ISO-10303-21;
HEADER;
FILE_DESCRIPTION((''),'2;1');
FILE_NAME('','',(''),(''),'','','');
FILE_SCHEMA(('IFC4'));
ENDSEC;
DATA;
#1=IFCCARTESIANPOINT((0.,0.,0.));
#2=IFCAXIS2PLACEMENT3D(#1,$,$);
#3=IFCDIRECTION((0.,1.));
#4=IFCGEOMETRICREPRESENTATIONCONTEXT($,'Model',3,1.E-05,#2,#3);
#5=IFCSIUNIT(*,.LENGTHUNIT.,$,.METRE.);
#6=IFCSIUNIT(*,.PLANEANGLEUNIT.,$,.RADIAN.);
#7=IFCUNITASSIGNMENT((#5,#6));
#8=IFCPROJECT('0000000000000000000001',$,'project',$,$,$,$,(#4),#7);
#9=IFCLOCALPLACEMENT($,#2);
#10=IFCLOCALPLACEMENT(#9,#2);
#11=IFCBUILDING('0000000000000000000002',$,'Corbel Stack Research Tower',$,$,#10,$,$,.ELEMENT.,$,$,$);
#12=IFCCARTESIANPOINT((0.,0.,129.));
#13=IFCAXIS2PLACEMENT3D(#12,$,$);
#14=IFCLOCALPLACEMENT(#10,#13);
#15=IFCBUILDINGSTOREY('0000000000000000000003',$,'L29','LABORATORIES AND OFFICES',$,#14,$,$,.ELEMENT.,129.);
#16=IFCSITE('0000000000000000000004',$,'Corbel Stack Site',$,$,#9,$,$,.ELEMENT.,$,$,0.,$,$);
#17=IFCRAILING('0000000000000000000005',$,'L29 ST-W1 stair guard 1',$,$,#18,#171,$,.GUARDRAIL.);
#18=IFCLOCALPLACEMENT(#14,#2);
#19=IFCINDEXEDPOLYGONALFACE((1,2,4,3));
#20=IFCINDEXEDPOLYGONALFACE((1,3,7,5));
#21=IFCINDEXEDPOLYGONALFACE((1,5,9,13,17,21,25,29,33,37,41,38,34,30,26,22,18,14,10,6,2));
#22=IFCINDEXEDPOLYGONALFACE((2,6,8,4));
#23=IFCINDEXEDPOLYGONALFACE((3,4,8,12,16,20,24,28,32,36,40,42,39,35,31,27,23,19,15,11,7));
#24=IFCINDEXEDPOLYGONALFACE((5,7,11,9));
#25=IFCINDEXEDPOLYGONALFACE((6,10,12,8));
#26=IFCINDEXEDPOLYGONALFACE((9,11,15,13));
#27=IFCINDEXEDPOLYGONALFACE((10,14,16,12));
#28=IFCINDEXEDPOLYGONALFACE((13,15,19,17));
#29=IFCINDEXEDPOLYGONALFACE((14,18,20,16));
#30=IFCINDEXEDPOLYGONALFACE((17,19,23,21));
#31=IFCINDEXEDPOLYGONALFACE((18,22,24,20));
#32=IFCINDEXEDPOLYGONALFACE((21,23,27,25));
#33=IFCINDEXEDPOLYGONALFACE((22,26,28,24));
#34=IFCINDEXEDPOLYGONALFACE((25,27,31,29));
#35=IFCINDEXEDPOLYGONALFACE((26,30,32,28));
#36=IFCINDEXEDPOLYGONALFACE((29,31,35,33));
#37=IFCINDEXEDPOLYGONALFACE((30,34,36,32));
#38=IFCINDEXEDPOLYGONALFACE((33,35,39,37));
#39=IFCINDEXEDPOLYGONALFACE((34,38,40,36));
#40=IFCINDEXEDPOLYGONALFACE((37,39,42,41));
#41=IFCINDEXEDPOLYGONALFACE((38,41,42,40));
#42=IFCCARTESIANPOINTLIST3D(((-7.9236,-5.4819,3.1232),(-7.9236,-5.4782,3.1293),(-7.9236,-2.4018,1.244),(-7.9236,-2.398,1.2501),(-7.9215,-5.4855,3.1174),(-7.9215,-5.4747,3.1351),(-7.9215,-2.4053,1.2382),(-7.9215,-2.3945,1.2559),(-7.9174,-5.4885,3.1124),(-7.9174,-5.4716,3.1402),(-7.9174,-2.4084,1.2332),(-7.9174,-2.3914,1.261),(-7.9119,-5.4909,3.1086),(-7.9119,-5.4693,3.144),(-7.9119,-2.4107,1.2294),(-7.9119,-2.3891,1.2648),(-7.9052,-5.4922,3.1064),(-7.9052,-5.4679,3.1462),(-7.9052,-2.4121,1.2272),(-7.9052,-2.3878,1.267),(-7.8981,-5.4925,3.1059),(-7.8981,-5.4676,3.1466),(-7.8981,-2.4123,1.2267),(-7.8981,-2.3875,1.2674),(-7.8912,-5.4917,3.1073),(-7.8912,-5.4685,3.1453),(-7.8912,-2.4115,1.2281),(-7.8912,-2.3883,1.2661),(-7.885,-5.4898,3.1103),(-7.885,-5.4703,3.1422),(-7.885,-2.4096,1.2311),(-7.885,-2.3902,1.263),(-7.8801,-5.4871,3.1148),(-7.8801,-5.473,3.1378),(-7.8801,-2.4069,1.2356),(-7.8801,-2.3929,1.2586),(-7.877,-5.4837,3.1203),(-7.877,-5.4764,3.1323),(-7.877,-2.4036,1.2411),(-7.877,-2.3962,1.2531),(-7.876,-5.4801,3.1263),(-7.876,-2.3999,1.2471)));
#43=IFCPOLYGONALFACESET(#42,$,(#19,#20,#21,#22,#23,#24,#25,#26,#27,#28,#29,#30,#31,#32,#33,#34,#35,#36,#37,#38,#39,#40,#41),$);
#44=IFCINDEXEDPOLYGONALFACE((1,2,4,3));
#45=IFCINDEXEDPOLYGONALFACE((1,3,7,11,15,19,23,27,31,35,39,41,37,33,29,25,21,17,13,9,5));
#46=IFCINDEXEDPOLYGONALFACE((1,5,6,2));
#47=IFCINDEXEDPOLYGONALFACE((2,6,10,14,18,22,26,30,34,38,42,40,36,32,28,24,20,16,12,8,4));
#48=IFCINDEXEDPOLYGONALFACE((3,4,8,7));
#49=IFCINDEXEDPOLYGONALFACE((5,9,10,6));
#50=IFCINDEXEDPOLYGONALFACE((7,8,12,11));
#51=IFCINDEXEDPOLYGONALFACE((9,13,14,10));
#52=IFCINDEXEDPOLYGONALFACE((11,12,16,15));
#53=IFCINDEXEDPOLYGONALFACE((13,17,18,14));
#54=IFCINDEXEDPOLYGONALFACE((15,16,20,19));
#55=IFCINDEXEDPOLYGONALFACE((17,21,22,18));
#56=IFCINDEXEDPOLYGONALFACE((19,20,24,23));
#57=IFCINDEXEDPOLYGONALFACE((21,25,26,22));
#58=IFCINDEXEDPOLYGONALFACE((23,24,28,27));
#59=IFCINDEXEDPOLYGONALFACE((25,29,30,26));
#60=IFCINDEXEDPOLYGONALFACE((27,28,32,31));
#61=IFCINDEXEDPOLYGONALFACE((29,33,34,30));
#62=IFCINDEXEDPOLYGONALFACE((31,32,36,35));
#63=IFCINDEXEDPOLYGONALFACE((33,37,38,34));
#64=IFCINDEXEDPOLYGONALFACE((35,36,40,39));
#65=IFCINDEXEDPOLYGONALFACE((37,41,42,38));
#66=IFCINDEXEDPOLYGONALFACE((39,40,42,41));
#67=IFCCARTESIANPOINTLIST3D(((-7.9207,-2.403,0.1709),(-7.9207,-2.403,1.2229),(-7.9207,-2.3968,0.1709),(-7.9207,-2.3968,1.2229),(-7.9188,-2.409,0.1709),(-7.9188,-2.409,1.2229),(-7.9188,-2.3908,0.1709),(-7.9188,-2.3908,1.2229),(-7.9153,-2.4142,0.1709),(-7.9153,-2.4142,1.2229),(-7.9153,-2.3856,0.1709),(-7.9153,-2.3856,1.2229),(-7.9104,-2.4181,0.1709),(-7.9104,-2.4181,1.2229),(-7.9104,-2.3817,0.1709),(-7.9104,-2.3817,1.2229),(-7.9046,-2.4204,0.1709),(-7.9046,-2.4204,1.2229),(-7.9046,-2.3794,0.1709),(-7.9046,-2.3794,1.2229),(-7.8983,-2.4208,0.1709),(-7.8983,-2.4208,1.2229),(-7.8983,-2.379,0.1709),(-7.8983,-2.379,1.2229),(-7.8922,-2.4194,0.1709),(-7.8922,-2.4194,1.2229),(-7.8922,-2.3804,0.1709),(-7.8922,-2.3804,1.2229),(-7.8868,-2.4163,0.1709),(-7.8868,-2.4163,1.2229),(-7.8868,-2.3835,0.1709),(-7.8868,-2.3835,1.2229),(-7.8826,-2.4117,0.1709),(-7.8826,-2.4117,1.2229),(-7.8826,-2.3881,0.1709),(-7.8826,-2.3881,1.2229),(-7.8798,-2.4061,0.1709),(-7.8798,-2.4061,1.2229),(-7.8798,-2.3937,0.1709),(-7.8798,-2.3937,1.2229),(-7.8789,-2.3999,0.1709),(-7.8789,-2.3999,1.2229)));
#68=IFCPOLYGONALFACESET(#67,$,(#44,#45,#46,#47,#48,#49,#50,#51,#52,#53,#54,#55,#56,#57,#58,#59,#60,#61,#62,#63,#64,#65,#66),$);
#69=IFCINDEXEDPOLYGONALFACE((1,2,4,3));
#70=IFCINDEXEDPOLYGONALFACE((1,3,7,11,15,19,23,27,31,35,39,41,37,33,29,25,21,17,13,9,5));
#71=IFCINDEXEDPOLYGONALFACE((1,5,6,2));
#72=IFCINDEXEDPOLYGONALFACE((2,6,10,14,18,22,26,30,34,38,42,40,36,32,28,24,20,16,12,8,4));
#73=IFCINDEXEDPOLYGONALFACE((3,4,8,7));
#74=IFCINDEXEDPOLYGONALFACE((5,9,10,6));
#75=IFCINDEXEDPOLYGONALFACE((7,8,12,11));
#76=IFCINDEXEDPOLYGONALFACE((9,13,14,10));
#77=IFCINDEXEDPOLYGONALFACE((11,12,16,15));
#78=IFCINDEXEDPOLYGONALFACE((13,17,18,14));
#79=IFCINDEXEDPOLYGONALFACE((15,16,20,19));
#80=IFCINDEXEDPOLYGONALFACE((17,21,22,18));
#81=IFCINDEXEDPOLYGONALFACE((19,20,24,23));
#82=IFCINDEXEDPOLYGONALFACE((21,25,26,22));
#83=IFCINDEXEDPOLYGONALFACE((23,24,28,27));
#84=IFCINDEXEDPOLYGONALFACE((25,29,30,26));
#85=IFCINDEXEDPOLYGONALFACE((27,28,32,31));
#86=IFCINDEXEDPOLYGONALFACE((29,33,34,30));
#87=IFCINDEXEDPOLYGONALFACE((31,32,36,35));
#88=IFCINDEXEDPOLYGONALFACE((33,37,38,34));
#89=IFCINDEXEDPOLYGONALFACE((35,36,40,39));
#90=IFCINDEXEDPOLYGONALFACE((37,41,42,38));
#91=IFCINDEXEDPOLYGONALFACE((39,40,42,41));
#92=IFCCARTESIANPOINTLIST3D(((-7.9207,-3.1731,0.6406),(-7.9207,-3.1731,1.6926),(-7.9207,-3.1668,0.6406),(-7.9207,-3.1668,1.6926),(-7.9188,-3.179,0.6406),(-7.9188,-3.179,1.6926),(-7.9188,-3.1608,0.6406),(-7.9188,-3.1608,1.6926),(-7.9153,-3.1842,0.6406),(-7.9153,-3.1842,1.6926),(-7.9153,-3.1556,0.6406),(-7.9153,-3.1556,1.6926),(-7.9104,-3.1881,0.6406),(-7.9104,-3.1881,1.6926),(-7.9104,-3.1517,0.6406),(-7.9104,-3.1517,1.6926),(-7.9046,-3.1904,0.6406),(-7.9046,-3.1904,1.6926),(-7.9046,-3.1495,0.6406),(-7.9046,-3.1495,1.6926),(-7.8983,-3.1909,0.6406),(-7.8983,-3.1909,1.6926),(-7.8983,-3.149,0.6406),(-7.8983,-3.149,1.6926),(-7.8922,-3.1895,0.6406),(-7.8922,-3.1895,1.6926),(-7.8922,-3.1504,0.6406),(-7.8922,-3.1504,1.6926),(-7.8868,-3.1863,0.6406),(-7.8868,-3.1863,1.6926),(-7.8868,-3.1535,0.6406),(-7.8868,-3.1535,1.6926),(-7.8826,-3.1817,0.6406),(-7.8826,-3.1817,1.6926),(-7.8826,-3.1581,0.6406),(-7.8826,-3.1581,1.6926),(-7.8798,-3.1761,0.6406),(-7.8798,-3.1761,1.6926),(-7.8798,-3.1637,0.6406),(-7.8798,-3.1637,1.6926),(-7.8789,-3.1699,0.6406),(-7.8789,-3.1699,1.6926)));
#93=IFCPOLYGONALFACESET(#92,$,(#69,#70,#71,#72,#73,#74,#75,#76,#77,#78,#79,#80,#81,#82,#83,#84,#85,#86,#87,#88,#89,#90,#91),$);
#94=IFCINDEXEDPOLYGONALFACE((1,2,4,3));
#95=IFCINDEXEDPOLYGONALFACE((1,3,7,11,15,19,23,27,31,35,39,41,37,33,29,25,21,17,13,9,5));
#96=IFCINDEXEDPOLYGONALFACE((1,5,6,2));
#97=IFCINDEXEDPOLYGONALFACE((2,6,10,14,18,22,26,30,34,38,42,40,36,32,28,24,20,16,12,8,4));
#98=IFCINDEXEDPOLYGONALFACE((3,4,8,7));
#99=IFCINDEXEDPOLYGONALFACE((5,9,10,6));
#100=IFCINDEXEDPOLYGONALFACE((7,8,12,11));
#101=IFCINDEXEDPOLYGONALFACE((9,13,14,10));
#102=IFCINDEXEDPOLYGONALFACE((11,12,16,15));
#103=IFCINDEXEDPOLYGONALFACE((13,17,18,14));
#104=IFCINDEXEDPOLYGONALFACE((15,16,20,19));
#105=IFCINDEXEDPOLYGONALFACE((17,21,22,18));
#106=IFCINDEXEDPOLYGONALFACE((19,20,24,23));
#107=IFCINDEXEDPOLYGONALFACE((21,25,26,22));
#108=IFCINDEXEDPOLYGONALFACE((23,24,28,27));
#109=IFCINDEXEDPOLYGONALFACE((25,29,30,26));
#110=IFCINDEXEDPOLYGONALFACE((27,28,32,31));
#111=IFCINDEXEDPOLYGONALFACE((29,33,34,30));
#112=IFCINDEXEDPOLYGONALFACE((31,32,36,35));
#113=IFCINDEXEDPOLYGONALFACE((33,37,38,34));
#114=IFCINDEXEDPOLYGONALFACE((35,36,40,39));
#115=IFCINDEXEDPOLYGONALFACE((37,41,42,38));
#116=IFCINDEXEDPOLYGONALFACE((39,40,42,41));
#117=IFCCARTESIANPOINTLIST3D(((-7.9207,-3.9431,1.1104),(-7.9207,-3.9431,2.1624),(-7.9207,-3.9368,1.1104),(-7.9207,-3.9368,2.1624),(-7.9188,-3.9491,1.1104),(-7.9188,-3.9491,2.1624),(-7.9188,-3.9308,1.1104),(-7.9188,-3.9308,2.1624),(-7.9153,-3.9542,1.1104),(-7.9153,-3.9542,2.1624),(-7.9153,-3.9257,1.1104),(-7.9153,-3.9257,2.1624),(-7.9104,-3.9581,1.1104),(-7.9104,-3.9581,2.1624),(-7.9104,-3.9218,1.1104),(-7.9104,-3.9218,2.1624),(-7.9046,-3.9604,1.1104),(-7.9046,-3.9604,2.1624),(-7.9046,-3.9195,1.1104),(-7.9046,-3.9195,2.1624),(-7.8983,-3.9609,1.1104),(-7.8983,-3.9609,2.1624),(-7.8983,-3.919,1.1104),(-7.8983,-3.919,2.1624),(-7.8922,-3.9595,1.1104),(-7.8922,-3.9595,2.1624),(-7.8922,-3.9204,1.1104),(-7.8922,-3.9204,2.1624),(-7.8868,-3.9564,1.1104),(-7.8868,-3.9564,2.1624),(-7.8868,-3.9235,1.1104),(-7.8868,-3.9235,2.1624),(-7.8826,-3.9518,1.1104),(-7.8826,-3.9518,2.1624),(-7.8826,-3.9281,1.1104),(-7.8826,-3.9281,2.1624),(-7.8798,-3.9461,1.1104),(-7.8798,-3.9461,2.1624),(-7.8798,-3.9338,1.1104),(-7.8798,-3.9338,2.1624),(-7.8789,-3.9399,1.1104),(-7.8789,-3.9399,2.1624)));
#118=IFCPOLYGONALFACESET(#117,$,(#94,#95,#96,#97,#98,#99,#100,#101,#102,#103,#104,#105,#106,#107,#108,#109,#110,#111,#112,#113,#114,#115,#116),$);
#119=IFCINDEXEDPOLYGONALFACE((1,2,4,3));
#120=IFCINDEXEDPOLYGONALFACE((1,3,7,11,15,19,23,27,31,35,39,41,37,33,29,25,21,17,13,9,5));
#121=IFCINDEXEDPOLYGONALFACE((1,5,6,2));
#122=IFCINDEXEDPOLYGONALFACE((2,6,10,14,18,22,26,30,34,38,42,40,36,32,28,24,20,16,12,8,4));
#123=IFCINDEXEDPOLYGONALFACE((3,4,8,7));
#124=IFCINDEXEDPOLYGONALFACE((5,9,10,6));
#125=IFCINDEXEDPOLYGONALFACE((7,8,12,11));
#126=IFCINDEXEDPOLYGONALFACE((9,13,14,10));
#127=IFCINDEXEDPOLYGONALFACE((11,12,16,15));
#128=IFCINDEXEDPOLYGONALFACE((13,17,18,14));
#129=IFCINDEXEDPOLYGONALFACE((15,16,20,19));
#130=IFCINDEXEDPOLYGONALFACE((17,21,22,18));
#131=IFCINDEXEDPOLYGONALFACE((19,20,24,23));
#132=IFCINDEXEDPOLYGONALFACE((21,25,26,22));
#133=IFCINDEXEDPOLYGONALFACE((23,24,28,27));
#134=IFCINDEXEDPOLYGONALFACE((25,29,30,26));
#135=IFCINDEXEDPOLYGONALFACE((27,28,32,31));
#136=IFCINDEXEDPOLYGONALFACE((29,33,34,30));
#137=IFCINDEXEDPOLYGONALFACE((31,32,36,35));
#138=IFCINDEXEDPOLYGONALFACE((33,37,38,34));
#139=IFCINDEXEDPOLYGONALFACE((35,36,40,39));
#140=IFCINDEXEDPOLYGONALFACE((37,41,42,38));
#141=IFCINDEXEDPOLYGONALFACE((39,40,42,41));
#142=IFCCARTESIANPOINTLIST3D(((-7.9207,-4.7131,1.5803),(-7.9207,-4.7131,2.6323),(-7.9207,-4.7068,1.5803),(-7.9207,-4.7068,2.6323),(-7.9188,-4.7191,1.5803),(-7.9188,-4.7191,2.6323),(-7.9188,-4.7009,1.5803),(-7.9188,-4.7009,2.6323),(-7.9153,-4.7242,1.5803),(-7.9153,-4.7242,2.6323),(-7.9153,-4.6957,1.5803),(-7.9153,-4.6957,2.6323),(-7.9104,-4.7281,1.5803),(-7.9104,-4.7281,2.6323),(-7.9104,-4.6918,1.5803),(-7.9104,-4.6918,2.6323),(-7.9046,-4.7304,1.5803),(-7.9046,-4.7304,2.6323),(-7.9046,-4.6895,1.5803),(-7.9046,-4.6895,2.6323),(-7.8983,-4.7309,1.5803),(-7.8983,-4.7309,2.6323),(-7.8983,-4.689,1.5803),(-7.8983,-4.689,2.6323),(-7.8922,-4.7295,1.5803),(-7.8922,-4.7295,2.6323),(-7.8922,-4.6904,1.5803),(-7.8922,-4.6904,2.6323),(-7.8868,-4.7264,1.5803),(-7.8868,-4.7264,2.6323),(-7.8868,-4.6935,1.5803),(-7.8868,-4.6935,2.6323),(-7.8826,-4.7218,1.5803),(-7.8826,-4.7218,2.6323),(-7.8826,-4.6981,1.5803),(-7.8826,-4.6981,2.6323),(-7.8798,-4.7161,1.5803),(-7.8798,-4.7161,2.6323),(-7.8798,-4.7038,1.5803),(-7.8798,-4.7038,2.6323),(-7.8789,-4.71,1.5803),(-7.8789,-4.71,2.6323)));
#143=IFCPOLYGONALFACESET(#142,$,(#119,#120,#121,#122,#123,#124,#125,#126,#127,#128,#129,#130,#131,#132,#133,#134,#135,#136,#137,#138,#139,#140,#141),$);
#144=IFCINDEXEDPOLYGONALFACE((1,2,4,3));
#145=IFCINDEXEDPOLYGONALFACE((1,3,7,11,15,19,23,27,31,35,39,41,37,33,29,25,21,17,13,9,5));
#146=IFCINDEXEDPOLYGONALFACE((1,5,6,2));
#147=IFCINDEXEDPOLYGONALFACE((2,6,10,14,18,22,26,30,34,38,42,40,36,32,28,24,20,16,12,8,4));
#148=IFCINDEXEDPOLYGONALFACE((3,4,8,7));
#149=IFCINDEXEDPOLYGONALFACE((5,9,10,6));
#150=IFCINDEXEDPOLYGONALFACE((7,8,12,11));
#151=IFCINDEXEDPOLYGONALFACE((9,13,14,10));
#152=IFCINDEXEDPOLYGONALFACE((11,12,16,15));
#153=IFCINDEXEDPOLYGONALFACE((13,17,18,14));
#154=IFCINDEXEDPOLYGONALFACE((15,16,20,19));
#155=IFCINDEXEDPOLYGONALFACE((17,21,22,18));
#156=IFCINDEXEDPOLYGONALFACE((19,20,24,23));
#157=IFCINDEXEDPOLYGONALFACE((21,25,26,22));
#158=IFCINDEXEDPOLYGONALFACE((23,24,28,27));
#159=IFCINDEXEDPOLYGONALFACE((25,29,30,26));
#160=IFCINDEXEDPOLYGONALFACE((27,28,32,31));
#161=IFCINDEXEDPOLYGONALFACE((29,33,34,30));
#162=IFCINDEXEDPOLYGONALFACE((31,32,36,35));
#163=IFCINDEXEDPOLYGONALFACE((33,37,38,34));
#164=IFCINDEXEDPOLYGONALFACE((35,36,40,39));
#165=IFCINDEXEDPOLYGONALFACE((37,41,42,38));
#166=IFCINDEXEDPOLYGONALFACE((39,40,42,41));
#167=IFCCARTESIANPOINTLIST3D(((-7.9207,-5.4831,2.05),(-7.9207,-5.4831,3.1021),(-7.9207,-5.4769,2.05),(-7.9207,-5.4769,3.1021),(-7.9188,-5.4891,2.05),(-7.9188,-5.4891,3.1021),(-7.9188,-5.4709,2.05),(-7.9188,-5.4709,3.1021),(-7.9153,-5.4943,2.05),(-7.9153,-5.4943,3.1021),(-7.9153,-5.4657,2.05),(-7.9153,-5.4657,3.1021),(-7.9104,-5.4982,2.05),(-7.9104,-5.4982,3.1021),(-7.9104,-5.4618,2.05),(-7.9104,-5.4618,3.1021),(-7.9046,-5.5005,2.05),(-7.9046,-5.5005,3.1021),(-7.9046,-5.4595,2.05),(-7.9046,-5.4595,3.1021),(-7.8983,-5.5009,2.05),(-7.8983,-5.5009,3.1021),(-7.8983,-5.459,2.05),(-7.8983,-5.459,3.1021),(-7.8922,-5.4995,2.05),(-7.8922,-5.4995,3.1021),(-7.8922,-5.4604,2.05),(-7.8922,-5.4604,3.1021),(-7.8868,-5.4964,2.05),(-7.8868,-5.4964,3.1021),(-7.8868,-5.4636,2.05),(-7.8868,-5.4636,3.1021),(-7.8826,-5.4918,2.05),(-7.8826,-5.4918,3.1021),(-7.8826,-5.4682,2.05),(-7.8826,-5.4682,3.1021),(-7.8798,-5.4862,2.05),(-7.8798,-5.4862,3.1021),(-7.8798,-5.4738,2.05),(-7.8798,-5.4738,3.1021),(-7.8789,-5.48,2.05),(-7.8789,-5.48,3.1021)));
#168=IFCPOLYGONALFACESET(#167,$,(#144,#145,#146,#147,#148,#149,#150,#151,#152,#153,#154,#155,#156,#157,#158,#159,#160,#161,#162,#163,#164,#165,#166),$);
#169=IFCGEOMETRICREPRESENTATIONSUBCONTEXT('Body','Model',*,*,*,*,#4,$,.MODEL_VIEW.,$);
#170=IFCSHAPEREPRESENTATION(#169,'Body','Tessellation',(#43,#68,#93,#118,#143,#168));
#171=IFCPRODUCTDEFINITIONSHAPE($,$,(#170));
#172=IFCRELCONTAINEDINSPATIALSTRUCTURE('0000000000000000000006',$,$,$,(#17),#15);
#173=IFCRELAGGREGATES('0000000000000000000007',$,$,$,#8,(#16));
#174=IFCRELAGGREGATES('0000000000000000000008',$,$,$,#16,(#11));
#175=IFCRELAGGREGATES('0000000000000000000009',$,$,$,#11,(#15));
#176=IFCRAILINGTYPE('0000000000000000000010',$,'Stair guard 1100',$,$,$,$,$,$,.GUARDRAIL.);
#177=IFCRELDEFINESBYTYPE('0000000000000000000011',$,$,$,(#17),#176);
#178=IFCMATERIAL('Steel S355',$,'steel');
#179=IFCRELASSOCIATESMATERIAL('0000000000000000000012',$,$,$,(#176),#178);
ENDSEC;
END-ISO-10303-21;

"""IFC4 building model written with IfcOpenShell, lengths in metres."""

from ifc_helpers import new_model, si_unit, direction, frame, origin, origin_2d, place, context, subcontext, project, spatial, circle, extrude, material, type_object, element, save


model = new_model("IFC4")

# Units and contexts
model_context = context("Model", 3, precision=1e-05, world=origin(), true_north=direction((0.0, 1.0)))
body_context = subcontext(model_context, "Body", "Model", "MODEL_VIEW")
ifc_project = project(units=[si_unit("LENGTHUNIT", "METRE"), si_unit("PLANEANGLEUNIT", "RADIAN")], contexts=[model_context])

# Site, building, storey
site_placement = place(None, origin())
site = spatial("IfcSite", under=ifc_project, at=site_placement, Name="Corbel Stack Site", CompositionType="ELEMENT", RefElevation=0.0)
building_placement = place(site_placement, origin())
building = spatial("IfcBuilding", under=site, at=building_placement, Name="Corbel Stack Research Tower", CompositionType="ELEMENT")
storey_placement = place(building_placement, frame((0.0, 0.0, 129.0)))
storey = spatial("IfcBuildingStorey", under=building, at=storey_placement, Name="L29", Description="LABORATORIES AND OFFICES", CompositionType="ELEMENT", Elevation=129.0)

# Railing
ifc_material_1 = material(Name="Steel S355", Category="steel")
railing_type = type_object("IfcRailingType", Name="Stair guard 1100", PredefinedType="GUARDRAIL", material=ifc_material_1)
railing_1_placement = place(storey_placement, frame((-7.8999, -2.3999, 0.1709)))
element("IfcRailing", 1, at=railing_1_placement, inside=storey, type_object=railing_type, Name="L29 ST-W1 stair guard 1", PredefinedType="GUARDRAIL", context=body_context, shape_type="SweptSolid", body=[
    extrude(circle(Radius=0.0239, at=origin_2d()), frame((0.0, 0.0, 1.0762), z_axis=(0.0, -0.853666, 0.52082), x_axis=(1.0, 0.0, 0.0)), (0.0, 0.0, 1.0), 3.6082),
    extrude(circle(Radius=0.021, at=origin_2d()), origin(), (0.0, 0.0, 1.0), 1.052),
    extrude(circle(Radius=0.021, at=origin_2d()), frame((0.0, -0.77, 0.4697)), (0.0, 0.0, 1.0), 1.052),
    extrude(circle(Radius=0.021, at=origin_2d()), frame((0.0, -1.54, 0.9395)), (0.0, 0.0, 1.0), 1.052),
    extrude(circle(Radius=0.021, at=origin_2d()), frame((0.0, -2.3101, 1.4094)), (0.0, 0.0, 1.0), 1.052),
    extrude(circle(Radius=0.021, at=origin_2d()), frame((0.0, -3.0801, 1.8792)), (0.0, 0.0, 1.0), 1.052),
])

save(model, "model.ifc")
